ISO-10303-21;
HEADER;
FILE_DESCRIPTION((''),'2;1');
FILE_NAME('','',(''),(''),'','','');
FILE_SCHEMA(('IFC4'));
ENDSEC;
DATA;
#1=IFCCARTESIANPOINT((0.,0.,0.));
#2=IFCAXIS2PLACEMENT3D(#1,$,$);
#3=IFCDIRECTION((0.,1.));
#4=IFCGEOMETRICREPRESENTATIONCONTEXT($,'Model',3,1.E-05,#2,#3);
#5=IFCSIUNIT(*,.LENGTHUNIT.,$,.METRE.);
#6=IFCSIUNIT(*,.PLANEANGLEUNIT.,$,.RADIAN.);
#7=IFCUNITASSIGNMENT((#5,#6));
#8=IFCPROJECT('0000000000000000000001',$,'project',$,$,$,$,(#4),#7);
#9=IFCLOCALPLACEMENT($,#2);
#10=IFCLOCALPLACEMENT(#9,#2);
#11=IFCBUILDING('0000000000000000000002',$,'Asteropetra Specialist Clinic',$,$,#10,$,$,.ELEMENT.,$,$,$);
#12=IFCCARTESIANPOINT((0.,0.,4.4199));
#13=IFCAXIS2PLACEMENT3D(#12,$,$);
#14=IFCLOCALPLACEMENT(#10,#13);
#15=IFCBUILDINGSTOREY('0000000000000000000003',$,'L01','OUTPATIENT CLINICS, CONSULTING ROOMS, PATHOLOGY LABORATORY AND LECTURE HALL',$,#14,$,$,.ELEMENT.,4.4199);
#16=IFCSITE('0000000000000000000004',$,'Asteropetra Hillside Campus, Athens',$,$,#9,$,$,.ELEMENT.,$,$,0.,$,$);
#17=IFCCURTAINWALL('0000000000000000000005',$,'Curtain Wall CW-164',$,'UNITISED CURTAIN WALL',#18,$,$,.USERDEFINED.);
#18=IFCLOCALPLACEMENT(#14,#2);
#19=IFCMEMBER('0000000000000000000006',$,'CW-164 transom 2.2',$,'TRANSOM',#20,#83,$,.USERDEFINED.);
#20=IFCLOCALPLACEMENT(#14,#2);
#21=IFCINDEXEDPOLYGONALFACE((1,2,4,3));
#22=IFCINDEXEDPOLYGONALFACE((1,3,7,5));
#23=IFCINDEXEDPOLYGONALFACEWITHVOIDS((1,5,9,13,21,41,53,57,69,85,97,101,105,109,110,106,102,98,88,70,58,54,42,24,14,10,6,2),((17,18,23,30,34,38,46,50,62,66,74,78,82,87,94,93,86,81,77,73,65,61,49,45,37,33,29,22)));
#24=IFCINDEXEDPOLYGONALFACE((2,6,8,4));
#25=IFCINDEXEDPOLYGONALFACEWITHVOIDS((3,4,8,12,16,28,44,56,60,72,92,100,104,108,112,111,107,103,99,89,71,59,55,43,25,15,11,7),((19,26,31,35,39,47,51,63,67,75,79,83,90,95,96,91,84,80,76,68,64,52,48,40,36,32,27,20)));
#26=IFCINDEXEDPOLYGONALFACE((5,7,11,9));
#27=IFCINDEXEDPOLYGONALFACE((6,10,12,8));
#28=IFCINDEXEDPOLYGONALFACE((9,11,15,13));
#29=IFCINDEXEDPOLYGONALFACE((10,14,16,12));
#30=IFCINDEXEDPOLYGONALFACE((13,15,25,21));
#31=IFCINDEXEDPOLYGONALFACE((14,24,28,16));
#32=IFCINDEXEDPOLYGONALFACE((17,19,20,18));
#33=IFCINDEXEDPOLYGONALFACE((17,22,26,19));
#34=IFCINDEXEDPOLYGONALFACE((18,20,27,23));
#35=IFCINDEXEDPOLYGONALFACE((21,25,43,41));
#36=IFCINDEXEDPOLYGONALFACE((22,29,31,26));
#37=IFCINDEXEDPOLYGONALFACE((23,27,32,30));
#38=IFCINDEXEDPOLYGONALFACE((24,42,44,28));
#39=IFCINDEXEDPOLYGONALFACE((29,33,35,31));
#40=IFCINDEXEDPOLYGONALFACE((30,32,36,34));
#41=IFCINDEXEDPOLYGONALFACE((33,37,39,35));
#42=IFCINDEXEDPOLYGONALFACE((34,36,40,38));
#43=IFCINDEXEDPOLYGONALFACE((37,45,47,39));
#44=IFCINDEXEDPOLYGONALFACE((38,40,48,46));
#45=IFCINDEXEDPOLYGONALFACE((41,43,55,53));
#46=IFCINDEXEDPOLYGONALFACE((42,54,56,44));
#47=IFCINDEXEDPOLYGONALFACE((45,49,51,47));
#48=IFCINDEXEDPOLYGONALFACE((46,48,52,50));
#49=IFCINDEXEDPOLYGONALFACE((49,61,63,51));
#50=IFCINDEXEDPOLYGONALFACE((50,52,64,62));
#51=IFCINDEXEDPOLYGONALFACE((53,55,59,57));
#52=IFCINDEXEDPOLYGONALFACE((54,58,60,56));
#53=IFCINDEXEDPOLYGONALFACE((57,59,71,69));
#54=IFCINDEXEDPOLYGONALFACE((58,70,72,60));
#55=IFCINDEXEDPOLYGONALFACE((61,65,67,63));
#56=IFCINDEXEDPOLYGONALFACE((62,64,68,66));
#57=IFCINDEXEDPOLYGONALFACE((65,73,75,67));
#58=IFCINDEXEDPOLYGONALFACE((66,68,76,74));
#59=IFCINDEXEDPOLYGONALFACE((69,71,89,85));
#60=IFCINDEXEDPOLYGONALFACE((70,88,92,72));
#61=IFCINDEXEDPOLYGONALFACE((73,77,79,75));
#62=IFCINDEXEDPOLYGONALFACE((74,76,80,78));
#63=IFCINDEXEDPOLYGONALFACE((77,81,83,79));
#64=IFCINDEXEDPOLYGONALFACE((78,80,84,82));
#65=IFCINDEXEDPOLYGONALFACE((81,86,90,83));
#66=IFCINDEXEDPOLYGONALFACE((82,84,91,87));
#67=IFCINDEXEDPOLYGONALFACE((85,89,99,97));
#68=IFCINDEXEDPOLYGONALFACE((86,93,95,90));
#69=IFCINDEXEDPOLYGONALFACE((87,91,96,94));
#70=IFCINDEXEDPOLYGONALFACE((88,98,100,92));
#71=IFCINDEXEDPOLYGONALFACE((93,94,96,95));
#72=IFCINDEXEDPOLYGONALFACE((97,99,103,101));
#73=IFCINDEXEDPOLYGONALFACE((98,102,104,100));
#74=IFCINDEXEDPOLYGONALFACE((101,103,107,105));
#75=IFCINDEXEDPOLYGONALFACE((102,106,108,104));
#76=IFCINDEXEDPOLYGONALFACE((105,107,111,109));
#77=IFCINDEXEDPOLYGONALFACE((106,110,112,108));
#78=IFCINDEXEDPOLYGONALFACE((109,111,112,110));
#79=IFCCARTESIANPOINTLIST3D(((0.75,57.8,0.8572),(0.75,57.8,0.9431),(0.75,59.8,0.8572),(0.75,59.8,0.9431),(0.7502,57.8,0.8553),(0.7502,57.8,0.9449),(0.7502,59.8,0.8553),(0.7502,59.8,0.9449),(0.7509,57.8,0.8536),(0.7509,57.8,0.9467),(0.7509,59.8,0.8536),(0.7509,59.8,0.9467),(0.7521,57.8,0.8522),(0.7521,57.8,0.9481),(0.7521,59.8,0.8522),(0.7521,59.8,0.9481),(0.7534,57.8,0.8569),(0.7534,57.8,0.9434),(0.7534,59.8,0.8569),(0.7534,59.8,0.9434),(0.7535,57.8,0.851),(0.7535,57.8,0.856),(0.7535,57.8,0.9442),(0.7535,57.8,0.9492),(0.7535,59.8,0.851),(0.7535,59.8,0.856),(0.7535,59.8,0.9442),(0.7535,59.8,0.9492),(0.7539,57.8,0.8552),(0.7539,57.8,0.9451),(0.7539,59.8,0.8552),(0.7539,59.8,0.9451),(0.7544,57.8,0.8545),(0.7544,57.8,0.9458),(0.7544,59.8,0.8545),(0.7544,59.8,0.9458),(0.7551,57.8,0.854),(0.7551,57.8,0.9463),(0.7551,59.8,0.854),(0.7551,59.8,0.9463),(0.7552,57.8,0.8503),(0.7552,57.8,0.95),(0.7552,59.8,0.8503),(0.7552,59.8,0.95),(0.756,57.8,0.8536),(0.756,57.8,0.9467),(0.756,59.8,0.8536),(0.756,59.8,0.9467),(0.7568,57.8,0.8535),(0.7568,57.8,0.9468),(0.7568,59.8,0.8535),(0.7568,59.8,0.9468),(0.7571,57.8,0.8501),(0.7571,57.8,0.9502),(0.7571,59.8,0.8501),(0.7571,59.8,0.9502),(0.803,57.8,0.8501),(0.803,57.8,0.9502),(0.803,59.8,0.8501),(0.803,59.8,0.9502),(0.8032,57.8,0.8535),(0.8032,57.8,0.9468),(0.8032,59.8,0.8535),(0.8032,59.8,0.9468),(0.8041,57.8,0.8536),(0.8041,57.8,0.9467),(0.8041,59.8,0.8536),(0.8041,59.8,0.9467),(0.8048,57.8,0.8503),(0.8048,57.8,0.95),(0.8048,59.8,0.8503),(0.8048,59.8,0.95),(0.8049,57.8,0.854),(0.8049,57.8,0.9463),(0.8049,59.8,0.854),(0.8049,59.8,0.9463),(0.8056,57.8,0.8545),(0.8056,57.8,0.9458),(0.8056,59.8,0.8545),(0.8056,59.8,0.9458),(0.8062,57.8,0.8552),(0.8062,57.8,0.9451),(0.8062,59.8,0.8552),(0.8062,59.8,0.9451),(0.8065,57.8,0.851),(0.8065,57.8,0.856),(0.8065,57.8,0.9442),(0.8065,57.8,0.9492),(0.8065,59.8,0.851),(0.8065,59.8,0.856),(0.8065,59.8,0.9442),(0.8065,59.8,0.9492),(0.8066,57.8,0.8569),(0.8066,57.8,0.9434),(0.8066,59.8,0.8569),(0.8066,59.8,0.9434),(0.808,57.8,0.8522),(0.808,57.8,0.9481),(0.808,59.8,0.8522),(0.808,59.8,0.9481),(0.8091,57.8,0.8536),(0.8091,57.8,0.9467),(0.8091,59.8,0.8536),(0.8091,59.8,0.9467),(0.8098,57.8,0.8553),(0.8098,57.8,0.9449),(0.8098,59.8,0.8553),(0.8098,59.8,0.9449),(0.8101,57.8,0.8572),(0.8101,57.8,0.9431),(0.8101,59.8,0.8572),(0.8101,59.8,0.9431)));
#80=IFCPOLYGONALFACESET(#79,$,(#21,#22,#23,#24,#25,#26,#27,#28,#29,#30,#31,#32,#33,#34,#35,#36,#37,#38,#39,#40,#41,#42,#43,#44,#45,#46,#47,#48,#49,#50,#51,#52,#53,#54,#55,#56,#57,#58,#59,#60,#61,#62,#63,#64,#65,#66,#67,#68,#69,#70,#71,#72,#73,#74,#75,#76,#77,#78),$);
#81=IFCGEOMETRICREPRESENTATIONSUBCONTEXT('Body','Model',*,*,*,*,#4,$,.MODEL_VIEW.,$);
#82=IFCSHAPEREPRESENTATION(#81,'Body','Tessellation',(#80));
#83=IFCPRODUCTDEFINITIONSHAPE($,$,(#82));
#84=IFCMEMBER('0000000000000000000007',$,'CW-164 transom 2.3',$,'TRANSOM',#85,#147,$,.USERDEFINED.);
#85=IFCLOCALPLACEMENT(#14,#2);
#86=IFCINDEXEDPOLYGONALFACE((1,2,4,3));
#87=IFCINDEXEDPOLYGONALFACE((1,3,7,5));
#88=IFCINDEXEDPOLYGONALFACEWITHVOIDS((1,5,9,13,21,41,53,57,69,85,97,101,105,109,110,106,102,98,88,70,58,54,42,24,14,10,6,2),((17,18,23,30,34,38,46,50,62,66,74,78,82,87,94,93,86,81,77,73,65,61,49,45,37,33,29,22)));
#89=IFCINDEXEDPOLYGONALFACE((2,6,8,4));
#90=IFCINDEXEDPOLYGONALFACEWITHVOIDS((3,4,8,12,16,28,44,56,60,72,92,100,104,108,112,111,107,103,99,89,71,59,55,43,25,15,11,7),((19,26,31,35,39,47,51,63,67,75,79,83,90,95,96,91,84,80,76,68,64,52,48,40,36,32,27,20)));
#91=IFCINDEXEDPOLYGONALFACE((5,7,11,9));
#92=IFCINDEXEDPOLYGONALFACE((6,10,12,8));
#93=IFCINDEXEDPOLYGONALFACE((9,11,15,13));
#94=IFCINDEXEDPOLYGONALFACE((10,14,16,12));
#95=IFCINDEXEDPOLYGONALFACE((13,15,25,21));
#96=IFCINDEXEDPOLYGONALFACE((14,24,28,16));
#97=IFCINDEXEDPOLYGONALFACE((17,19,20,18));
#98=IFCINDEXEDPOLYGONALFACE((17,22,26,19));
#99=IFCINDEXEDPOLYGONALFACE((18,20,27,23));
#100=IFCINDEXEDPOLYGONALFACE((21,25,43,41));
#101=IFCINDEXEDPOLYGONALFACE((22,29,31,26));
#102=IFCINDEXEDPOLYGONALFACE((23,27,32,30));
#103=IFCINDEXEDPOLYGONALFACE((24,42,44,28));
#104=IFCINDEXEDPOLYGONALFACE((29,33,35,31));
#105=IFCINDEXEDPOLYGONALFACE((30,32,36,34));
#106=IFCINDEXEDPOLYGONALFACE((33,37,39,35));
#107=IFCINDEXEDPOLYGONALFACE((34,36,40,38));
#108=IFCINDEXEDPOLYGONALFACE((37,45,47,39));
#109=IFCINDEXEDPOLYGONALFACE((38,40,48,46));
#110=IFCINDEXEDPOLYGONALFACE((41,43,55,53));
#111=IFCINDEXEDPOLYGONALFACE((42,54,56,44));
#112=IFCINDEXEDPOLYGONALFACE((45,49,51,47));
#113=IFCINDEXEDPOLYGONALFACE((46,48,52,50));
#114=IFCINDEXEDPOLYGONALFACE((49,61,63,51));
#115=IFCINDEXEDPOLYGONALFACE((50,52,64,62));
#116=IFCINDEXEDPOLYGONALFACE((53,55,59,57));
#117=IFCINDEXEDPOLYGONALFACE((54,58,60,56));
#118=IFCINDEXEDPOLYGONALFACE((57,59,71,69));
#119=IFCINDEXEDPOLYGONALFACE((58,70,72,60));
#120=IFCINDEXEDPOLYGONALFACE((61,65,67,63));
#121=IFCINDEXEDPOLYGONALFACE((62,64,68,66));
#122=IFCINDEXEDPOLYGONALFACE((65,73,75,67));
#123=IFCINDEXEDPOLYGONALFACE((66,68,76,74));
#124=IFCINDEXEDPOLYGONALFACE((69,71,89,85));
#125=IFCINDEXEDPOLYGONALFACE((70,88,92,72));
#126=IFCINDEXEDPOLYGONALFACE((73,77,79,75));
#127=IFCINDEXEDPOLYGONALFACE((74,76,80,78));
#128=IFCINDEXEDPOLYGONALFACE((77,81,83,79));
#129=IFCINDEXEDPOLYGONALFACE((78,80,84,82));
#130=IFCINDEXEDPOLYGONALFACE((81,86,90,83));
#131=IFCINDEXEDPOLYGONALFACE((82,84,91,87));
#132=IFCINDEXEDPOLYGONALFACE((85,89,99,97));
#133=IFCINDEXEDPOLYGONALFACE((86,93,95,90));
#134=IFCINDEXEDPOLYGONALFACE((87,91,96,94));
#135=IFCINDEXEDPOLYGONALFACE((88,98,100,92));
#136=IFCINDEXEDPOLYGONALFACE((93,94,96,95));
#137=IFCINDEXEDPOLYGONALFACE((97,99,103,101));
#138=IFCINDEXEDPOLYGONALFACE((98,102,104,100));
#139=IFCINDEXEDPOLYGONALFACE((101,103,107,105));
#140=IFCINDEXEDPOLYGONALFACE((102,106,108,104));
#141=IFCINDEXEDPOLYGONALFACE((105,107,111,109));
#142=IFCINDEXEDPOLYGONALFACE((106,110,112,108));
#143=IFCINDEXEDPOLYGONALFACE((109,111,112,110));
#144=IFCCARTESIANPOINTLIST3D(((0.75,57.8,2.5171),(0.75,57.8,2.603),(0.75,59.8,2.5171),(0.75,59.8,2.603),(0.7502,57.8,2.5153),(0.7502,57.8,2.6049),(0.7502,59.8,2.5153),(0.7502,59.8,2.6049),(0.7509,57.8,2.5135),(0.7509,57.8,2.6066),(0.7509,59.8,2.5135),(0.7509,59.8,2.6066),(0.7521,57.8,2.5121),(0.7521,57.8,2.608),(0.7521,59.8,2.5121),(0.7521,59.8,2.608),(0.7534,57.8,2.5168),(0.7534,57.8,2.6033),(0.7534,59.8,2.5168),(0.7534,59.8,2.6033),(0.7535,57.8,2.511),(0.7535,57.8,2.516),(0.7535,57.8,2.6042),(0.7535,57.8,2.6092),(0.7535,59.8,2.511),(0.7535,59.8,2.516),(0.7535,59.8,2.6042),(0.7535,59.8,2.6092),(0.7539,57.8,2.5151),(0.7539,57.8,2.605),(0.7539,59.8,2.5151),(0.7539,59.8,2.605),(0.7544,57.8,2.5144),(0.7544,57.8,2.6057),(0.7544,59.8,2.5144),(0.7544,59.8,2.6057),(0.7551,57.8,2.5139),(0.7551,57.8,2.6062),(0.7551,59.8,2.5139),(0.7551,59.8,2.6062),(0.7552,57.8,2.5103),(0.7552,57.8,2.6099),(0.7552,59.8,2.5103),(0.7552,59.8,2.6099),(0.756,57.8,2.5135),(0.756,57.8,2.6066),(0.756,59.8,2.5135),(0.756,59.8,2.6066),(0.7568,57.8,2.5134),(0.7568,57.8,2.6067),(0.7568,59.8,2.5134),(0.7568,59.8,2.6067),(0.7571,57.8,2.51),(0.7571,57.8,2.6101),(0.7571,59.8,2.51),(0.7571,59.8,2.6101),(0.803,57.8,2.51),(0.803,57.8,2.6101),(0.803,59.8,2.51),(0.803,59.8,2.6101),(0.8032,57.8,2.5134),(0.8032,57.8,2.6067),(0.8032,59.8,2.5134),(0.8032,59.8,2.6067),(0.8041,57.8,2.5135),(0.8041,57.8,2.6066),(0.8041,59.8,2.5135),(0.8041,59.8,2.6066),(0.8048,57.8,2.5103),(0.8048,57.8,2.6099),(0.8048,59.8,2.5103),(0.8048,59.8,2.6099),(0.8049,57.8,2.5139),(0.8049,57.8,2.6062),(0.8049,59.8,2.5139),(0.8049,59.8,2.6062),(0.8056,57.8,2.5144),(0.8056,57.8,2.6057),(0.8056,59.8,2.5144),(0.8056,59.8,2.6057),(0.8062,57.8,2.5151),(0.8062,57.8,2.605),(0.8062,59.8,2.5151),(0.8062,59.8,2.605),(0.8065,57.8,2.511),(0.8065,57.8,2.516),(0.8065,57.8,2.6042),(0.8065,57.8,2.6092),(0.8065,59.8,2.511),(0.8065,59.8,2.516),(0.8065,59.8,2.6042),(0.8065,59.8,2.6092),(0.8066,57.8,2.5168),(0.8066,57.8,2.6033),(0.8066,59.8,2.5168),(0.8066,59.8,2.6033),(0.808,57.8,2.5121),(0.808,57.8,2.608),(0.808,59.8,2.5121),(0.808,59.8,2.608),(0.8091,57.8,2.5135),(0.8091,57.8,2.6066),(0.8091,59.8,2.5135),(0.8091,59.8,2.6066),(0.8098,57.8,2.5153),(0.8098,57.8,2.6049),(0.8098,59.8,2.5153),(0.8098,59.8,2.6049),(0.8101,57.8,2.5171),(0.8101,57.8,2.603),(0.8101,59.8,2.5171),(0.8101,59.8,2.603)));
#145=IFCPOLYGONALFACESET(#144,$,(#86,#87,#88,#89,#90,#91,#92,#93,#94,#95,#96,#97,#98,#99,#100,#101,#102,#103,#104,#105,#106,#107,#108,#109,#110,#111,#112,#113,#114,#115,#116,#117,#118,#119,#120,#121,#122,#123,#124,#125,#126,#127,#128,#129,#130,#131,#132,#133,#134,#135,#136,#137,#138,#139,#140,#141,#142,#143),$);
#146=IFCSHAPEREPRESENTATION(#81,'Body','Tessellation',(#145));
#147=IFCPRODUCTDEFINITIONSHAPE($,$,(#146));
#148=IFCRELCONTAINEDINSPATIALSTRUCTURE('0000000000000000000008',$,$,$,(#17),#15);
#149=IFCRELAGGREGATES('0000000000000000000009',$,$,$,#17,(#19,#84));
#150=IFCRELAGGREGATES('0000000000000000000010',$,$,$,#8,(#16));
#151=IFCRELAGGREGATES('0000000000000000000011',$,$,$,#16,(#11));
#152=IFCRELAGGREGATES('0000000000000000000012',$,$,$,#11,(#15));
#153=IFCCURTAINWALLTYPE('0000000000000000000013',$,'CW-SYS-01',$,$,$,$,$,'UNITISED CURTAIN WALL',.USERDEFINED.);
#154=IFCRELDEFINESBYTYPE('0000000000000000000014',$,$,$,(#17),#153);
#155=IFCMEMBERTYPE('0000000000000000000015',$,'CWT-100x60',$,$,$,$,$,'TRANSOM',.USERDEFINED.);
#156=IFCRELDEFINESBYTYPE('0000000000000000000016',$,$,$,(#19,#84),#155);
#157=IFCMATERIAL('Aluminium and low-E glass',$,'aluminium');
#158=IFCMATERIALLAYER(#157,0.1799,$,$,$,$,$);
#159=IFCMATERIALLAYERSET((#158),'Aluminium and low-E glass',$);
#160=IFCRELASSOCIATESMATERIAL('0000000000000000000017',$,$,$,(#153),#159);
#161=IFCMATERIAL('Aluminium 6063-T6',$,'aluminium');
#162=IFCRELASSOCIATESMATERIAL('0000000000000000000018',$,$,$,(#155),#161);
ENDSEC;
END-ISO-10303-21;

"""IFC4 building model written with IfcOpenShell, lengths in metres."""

from ifc_helpers import new_model, si_unit, direction, frame, origin, origin_2d, place, context, subcontext, project, spatial, hollow_rectangle, extrude, material, layer, layer_set, material_profile, profile_set, type_object, element, aggregate, save


model = new_model("IFC4")

# Units and contexts
model_context = context("Model", 3, precision=1e-05, world=origin(), true_north=direction((0.0, 1.0)))
body_context = subcontext(model_context, "Body", "Model", "MODEL_VIEW")
ifc_project = project(units=[si_unit("LENGTHUNIT", "METRE"), si_unit("PLANEANGLEUNIT", "RADIAN")], contexts=[model_context])

# Site, building, storey
site_placement = place(None, origin())
site = spatial("IfcSite", under=ifc_project, at=site_placement, Name="Asteropetra Hillside Campus, Athens", CompositionType="ELEMENT", RefElevation=0.0)
building_placement = place(site_placement, origin())
building = spatial("IfcBuilding", under=site, at=building_placement, Name="Asteropetra Specialist Clinic", CompositionType="ELEMENT")
storey_placement = place(building_placement, frame((0.0, 0.0, 4.4199)))
storey = spatial("IfcBuildingStorey", under=building, at=storey_placement, Name="L01", Description="OUTPATIENT CLINICS, CONSULTING ROOMS, PATHOLOGY LABORATORY AND LECTURE HALL", CompositionType="ELEMENT", Elevation=4.4199)

# Curtain wall
ifc_material_1 = material(Name="Aluminium and low-E glass", Category="aluminium")
ifc_layer_1 = layer(ifc_material_1, 0.1799)
ifc_layer_set_1 = layer_set([ifc_layer_1], Name="Aluminium and low-E glass")
curtain_wall_type_1 = type_object("IfcCurtainWallType", Name="CW-SYS-01", ElementType="UNITISED CURTAIN WALL", PredefinedType="USERDEFINED", material=ifc_layer_set_1)
curtain_wall_1_placement = place(storey_placement, origin())
curtain_wall_1 = element("IfcCurtainWall", 1, at=curtain_wall_1_placement, inside=storey, type_object=curtain_wall_type_1, Name="Curtain Wall CW-164", ObjectType="UNITISED CURTAIN WALL", PredefinedType="USERDEFINED")

# Members
ifc_material_2 = material(Name="Aluminium 6063-T6", Category="aluminium")
ifc_material_profile_1 = material_profile(ifc_material_2, hollow_rectangle(XDim=0.0601, YDim=0.1001, WallThickness=0.0034, InnerFilletRadius=0.0034, OuterFilletRadius=0.0071, at=origin_2d()), Name="TRN 100x60x3.5")
ifc_profile_set_1 = profile_set([ifc_material_profile_1], Name="Aluminium 6063-T6")
member_type_1 = type_object("IfcMemberType", Name="CWT-100x60", ElementType="TRANSOM", PredefinedType="USERDEFINED", material=ifc_profile_set_1)
member_1_placement = place(storey_placement, frame((0.78, 59.8, 0.9001), z_axis=(0.0, -1.0, 0.0), x_axis=(1.0, 0.0, 0.0)))
member_1 = element("IfcMember", 2, at=member_1_placement, type_object=member_type_1, Name="CW-164 transom 2.2", ObjectType="TRANSOM", PredefinedType="USERDEFINED", context=body_context, shape_type="SweptSolid", body=[
    extrude(hollow_rectangle(XDim=0.0601, YDim=0.1001, WallThickness=0.0034, InnerFilletRadius=0.0034, OuterFilletRadius=0.0071, at=origin_2d()), origin(), (0.0, 0.0, 1.0), 2.0),
])
member_2_placement = place(storey_placement, frame((0.78, 59.8, 2.5601), z_axis=(0.0, -1.0, 0.0), x_axis=(1.0, 0.0, 0.0)))
member_2 = element("IfcMember", 3, at=member_2_placement, type_object=member_type_1, Name="CW-164 transom 2.3", ObjectType="TRANSOM", PredefinedType="USERDEFINED", context=body_context, shape_type="SweptSolid", body=[
    extrude(hollow_rectangle(XDim=0.0601, YDim=0.1001, WallThickness=0.0034, InnerFilletRadius=0.0034, OuterFilletRadius=0.0071, at=origin_2d()), origin(), (0.0, 0.0, 1.0), 2.0),
])

aggregate(curtain_wall_1, [member_1, member_2])

save(model, "model.ifc")
